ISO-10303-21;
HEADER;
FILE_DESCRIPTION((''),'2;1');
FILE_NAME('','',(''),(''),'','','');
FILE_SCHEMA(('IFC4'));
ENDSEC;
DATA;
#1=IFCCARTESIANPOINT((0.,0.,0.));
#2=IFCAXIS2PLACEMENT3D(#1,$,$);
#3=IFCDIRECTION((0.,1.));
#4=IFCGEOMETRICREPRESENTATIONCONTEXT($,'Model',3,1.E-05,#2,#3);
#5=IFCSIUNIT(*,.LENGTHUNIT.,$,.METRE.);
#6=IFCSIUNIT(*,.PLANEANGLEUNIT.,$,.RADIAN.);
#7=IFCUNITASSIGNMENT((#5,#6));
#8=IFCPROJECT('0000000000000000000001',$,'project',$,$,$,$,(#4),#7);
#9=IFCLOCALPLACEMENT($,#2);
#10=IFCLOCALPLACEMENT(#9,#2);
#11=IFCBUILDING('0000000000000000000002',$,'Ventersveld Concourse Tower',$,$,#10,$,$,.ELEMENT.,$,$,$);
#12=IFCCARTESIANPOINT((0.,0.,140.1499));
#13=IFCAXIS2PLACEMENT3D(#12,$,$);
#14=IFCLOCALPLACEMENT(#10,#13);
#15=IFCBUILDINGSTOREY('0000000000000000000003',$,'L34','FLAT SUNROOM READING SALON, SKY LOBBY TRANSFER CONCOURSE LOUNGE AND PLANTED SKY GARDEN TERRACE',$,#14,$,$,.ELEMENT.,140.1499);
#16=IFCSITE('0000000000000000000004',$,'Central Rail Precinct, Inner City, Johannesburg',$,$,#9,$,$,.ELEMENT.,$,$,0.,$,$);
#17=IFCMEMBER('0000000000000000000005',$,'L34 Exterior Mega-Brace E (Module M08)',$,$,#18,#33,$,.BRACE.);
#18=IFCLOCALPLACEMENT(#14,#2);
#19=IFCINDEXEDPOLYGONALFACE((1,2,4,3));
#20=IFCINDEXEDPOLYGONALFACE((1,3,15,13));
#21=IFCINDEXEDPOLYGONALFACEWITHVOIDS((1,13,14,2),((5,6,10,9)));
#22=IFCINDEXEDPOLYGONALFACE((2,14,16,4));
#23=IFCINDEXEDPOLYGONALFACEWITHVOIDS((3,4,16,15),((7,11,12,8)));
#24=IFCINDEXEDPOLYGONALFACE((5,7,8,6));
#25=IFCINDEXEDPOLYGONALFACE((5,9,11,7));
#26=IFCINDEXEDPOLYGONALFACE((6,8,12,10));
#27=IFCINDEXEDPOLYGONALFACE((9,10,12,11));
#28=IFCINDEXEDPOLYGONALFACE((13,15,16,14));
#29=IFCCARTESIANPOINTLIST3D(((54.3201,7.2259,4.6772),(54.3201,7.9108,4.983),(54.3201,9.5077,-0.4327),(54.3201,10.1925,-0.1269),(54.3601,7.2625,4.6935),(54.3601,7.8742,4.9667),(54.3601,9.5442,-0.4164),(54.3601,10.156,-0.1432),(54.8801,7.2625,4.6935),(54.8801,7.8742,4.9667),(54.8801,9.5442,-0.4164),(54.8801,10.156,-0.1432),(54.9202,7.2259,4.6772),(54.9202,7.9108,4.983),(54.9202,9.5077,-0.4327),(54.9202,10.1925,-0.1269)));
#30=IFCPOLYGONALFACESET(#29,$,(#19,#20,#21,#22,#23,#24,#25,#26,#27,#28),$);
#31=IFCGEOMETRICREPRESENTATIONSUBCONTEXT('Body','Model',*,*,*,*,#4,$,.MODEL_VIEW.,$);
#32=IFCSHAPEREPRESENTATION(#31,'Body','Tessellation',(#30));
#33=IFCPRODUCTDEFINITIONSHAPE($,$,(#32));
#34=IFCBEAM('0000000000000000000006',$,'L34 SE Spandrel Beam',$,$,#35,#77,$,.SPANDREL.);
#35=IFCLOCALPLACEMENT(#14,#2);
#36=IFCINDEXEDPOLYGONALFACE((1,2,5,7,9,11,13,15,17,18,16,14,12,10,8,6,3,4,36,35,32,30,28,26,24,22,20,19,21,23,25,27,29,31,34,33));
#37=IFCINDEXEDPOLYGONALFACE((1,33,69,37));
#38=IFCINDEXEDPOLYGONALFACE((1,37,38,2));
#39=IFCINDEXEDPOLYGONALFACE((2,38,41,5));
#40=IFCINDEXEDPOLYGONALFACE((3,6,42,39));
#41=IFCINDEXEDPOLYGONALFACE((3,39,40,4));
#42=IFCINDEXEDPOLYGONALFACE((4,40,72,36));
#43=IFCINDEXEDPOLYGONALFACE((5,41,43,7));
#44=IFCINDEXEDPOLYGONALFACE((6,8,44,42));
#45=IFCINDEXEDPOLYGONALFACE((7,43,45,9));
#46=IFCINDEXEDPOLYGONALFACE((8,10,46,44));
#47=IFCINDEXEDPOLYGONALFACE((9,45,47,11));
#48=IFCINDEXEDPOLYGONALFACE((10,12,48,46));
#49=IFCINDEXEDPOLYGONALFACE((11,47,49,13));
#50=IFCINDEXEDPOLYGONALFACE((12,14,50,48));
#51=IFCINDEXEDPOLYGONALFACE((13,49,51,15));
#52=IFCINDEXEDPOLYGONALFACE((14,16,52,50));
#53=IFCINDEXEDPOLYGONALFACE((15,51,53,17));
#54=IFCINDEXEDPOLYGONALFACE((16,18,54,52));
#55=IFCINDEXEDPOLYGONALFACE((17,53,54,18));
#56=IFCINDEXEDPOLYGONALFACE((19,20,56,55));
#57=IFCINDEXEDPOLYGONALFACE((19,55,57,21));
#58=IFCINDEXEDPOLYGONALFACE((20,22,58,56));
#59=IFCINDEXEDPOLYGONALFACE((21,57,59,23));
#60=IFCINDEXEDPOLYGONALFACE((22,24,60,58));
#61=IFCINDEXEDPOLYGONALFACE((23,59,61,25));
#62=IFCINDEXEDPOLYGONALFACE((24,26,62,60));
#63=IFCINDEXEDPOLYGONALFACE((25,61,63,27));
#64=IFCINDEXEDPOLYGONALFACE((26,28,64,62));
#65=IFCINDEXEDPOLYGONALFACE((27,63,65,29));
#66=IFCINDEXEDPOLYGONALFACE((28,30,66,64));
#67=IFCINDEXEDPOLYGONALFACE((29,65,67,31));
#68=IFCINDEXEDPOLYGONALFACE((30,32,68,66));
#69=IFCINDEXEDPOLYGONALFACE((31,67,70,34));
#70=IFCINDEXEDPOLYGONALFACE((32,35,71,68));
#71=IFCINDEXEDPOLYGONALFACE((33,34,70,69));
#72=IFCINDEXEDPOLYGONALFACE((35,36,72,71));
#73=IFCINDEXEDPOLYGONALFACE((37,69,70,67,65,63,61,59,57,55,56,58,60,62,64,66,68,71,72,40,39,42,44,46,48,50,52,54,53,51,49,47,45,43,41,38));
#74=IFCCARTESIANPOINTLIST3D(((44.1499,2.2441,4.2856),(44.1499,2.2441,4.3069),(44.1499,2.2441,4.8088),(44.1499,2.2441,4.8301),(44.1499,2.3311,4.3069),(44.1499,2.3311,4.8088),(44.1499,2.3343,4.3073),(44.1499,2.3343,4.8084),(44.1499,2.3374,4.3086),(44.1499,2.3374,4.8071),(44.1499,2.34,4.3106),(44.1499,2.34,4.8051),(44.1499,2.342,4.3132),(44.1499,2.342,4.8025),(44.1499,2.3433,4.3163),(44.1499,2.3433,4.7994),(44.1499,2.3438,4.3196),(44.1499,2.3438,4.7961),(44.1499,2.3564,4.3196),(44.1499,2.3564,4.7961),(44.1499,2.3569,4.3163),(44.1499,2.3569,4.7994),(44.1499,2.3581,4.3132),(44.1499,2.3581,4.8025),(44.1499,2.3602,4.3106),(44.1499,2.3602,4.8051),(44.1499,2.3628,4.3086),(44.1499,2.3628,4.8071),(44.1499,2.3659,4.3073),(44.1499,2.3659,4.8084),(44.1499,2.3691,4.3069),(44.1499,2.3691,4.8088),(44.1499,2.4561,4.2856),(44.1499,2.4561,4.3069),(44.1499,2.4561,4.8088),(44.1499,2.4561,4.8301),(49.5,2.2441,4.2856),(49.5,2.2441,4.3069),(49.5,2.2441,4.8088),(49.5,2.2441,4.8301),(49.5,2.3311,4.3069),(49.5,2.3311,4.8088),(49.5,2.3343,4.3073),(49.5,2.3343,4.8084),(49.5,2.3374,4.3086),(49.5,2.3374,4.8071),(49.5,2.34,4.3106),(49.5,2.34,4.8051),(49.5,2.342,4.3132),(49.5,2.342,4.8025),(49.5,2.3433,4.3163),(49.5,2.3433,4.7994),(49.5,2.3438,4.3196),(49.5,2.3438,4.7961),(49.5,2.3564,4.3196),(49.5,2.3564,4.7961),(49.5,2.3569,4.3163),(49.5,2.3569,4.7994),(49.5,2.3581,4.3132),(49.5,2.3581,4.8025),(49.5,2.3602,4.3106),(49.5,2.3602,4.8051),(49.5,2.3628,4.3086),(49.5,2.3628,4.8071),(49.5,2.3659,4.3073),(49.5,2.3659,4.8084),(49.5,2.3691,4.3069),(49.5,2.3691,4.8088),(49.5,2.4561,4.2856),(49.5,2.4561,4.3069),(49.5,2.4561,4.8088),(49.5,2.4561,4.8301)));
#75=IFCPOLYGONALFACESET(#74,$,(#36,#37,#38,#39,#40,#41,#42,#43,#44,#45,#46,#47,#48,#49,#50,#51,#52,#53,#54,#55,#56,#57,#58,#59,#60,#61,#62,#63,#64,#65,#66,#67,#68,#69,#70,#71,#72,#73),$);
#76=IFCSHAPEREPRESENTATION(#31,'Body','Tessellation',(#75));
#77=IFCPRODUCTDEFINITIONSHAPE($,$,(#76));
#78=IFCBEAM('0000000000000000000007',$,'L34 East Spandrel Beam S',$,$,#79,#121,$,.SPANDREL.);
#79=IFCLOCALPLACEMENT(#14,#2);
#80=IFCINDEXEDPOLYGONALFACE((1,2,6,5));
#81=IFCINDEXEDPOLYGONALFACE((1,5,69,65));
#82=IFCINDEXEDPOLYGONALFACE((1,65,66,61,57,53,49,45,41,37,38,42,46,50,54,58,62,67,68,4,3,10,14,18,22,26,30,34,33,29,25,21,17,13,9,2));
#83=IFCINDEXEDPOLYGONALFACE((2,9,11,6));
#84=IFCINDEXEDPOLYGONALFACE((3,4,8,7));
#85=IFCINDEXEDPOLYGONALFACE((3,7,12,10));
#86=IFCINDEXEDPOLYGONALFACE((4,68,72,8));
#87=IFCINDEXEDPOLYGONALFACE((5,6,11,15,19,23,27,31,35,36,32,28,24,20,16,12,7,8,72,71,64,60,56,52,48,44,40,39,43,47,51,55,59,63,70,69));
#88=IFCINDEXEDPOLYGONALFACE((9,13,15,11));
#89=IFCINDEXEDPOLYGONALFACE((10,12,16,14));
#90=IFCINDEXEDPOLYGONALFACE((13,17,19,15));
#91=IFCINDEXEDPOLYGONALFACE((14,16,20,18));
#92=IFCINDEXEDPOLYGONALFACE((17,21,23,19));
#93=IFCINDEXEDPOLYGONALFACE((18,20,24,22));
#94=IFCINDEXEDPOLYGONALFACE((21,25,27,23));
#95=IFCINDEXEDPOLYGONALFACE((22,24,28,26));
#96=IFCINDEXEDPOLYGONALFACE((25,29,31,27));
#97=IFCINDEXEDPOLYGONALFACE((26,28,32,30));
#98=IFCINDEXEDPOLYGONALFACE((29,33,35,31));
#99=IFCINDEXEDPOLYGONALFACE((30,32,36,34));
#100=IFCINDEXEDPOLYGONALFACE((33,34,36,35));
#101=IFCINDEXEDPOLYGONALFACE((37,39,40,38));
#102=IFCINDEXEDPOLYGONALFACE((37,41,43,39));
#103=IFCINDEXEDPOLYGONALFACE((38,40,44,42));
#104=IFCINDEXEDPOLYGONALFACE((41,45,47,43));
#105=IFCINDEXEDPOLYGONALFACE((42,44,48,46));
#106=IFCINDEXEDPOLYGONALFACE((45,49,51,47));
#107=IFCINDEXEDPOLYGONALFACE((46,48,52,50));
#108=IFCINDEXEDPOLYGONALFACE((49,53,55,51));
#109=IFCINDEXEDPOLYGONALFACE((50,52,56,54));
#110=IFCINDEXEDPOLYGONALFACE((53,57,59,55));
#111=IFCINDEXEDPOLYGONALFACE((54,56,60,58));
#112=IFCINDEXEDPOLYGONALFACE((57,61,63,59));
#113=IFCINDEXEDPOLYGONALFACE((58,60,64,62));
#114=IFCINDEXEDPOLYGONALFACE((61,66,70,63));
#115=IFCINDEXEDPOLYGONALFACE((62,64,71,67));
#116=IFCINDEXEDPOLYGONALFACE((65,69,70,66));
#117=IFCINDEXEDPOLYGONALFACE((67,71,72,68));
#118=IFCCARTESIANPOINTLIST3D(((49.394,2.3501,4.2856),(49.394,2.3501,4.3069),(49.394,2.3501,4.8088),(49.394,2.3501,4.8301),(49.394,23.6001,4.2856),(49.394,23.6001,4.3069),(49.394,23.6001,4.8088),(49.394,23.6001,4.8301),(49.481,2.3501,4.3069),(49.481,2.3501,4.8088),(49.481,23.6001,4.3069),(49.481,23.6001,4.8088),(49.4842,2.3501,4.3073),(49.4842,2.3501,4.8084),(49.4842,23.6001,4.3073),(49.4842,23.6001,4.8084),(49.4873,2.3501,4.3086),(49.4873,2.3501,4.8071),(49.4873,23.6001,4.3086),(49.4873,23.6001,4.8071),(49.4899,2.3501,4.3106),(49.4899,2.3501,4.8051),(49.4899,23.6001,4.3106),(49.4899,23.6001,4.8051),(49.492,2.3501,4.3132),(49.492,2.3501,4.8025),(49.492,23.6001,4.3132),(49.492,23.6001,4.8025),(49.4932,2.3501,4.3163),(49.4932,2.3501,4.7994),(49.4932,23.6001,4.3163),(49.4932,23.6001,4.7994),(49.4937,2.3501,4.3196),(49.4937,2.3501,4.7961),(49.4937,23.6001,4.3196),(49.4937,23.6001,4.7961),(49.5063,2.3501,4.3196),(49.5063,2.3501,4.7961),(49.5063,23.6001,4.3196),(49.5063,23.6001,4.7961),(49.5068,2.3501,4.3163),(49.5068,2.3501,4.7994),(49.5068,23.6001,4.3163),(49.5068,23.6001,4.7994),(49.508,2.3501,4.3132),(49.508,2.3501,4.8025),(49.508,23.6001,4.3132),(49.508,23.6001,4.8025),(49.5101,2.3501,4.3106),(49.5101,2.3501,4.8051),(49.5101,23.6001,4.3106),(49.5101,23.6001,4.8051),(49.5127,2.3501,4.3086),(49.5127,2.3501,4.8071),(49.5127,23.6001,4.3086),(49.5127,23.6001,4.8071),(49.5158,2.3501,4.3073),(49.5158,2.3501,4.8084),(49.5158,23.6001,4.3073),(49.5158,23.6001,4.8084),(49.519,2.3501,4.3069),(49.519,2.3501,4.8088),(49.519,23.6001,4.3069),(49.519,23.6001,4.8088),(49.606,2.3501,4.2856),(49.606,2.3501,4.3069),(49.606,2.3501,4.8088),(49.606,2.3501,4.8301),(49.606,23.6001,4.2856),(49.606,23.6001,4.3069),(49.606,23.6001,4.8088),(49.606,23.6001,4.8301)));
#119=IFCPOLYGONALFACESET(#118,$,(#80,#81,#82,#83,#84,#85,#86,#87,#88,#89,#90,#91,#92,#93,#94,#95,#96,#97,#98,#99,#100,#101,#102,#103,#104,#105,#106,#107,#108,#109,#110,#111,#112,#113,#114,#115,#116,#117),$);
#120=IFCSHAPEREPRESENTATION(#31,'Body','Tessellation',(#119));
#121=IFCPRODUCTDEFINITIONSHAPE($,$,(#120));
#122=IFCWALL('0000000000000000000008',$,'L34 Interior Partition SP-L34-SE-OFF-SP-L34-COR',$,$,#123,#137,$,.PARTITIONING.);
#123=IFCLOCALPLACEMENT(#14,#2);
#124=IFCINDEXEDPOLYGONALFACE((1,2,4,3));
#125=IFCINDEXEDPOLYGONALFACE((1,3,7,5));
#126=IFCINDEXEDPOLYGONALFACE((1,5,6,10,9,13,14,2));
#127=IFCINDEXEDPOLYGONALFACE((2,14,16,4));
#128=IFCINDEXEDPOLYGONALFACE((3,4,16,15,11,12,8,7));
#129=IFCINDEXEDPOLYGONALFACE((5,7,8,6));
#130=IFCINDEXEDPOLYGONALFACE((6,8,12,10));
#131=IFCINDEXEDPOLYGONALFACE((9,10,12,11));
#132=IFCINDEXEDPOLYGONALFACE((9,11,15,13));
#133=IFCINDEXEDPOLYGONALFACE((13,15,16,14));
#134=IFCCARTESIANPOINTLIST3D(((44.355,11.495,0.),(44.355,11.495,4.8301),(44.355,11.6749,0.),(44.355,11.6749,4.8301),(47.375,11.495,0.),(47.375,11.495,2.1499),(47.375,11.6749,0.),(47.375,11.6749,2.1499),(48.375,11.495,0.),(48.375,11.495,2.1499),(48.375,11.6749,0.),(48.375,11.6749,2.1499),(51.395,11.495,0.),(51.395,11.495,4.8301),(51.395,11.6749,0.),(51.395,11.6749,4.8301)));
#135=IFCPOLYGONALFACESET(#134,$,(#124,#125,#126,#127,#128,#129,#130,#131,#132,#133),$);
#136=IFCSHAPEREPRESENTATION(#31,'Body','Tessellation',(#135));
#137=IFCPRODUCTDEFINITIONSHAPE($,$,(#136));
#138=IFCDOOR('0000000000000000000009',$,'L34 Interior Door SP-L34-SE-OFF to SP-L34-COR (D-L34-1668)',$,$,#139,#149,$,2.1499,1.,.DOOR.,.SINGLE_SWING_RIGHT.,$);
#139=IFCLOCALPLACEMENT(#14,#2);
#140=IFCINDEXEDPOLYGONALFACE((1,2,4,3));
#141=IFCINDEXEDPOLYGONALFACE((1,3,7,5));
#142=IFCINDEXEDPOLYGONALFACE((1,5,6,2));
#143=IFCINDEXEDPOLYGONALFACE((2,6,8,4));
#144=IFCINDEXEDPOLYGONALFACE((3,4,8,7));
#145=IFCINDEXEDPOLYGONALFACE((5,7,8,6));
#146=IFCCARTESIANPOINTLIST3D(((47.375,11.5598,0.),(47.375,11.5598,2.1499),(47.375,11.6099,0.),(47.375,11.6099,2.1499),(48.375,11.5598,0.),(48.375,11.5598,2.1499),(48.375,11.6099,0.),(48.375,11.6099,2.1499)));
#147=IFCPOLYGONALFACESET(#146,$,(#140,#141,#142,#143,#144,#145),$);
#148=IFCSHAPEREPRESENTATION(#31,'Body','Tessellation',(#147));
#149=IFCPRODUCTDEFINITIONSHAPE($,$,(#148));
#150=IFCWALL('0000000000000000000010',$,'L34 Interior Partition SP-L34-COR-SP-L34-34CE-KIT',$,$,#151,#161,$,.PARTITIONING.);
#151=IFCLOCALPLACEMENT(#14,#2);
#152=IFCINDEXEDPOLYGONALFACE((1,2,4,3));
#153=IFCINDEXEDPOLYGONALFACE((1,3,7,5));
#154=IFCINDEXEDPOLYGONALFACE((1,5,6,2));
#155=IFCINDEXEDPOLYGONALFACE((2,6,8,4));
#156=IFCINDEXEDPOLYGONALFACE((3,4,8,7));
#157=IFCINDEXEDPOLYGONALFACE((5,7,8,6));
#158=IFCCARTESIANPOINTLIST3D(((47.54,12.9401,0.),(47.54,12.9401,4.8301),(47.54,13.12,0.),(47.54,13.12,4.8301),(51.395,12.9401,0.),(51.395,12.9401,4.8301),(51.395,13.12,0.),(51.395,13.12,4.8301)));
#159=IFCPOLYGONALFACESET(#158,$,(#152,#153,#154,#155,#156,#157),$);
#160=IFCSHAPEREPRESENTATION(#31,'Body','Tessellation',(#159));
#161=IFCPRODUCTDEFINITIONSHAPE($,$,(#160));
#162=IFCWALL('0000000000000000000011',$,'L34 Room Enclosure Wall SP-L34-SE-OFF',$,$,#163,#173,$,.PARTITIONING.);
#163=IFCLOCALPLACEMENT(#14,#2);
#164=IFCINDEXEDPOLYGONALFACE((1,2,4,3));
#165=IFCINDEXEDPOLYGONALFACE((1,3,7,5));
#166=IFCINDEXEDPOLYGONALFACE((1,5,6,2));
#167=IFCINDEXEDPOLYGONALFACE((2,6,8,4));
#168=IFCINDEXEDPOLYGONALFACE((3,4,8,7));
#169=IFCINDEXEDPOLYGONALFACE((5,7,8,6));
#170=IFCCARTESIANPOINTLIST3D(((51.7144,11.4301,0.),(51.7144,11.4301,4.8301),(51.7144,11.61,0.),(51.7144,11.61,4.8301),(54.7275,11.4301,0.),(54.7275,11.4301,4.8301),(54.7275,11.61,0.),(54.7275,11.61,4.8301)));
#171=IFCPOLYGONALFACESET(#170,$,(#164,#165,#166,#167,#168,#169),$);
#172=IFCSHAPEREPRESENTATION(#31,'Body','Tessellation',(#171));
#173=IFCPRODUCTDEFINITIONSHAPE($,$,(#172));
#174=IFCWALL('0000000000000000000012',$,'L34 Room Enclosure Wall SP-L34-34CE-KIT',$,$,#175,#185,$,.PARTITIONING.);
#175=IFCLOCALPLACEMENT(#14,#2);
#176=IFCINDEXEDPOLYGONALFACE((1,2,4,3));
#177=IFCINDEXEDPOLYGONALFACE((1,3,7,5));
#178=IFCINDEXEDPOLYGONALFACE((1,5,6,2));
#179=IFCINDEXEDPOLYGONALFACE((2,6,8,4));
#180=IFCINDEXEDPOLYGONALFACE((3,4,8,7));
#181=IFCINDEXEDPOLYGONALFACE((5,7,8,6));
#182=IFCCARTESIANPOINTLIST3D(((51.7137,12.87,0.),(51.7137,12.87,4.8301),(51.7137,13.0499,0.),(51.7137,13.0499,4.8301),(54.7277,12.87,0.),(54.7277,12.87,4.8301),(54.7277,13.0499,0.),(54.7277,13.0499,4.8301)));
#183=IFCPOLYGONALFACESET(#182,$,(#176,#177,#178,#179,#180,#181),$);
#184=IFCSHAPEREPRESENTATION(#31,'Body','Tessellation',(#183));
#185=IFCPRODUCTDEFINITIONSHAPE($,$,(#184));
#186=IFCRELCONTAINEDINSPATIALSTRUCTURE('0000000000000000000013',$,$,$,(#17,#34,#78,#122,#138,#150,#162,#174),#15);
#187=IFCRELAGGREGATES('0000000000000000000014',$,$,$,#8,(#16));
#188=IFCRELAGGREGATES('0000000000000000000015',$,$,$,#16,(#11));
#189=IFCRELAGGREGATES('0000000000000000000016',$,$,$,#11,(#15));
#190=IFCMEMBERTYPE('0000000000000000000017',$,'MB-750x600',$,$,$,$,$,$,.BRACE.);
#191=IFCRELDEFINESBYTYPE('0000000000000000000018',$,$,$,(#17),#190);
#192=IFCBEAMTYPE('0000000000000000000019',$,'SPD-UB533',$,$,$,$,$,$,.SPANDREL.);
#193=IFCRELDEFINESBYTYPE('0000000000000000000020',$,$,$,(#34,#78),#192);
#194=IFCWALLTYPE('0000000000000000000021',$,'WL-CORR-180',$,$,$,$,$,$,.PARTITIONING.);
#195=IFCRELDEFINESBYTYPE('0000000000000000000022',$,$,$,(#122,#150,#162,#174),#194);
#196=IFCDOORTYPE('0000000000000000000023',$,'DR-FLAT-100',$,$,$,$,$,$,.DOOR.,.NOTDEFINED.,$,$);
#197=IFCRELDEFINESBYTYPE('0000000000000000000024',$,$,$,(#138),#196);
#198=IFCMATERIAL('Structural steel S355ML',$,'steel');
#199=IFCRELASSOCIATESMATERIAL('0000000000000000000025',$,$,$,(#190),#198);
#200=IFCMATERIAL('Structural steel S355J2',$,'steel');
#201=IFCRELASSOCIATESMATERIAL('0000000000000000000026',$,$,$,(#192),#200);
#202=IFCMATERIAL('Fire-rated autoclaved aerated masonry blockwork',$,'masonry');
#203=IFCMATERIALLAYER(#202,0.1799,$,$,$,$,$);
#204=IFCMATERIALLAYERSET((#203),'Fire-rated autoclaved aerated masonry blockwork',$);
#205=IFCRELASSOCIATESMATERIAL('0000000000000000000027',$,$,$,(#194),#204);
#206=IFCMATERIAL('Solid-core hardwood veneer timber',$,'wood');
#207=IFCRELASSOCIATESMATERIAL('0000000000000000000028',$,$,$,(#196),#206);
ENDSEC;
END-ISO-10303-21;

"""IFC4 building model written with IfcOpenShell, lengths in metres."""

from ifc_helpers import new_model, si_unit, direction, frame, frame_2d, origin, origin_2d, place, context, subcontext, project, spatial, rectangle, hollow_rectangle, i_section, extrude, material, layer, layer_set, material_profile, profile_set, type_object, element, fill, save


model = new_model("IFC4")

# Units and contexts
model_context = context("Model", 3, precision=1e-05, world=origin(), true_north=direction((0.0, 1.0)))
body_context = subcontext(model_context, "Body", "Model", "MODEL_VIEW")
ifc_project = project(units=[si_unit("LENGTHUNIT", "METRE"), si_unit("PLANEANGLEUNIT", "RADIAN")], contexts=[model_context])

# Site, building, storey
site_placement = place(None, origin())
site = spatial("IfcSite", under=ifc_project, at=site_placement, Name="Central Rail Precinct, Inner City, Johannesburg", CompositionType="ELEMENT", RefElevation=0.0)
building_placement = place(site_placement, origin())
building = spatial("IfcBuilding", under=site, at=building_placement, Name="Ventersveld Concourse Tower", CompositionType="ELEMENT")
storey_placement = place(building_placement, frame((0.0, 0.0, 140.1499)))
storey = spatial("IfcBuildingStorey", under=building, at=storey_placement, Name="L34", Description="FLAT SUNROOM READING SALON, SKY LOBBY TRANSFER CONCOURSE LOUNGE AND PLANTED SKY GARDEN TERRACE", CompositionType="ELEMENT", Elevation=140.1499)

# Shared definitions
ifc_material_1 = material(Name="Structural steel S355J2", Category="steel")

# Member
ifc_material_2 = material(Name="Structural steel S355ML", Category="steel")
ifc_material_profile_1 = material_profile(ifc_material_2, hollow_rectangle(XDim=0.6001, YDim=0.75, WallThickness=0.04, at=origin_2d()), Name="BOX 750x600x40")
ifc_profile_set_1 = profile_set([ifc_material_profile_1], Name="Structural steel S355ML")
member_type = type_object("IfcMemberType", Name="MB-750x600", PredefinedType="BRACE", material=ifc_profile_set_1)
member_placement = place(storey_placement, frame((54.6201, 9.8501, -0.2798), z_axis=(0.0, -0.407733, 0.913101), x_axis=(1.0, 0.0, 0.0)))
element("IfcMember", 1, at=member_placement, inside=storey, type_object=member_type, Name="L34 Exterior Mega-Brace E (Module M08)", PredefinedType="BRACE", context=body_context, shape_type="SweptSolid", body=[
    extrude(hollow_rectangle(XDim=0.6001, YDim=0.75, WallThickness=0.04, at=origin_2d()), origin(), (0.0, 0.0, 1.0), 5.5962),
])

# Beams
ifc_material_profile_2 = material_profile(ifc_material_1, i_section(OverallWidth=0.2119, OverallDepth=0.5444, WebThickness=0.0127, FlangeThickness=0.0212, FilletRadius=0.0127, at=origin_2d()), Name="UB 533x210x122")
ifc_profile_set_2 = profile_set([ifc_material_profile_2], Name="Structural steel S355J2")
beam_type_1 = type_object("IfcBeamType", Name="SPD-UB533", PredefinedType="SPANDREL", material=ifc_profile_set_2)
beam_1_placement = place(storey_placement, frame((44.1499, 2.3501, 4.5579), z_axis=(1.0, 0.0, 0.0), x_axis=(0.0, 1.0, 0.0)))
element("IfcBeam", 2, at=beam_1_placement, inside=storey, type_object=beam_type_1, Name="L34 SE Spandrel Beam", PredefinedType="SPANDREL", context=body_context, shape_type="SweptSolid", body=[
    extrude(i_section(OverallWidth=0.2119, OverallDepth=0.5444, WebThickness=0.0127, FlangeThickness=0.0212, FilletRadius=0.0127, at=origin_2d()), origin(), (0.0, 0.0, 1.0), 5.3501),
])
beam_2_placement = place(storey_placement, frame((49.5, 2.3501, 4.5579), z_axis=(0.0, 1.0, 0.0), x_axis=(-1.0, 0.0, 0.0)))
element("IfcBeam", 3, at=beam_2_placement, inside=storey, type_object=beam_type_1, Name="L34 East Spandrel Beam S", PredefinedType="SPANDREL", context=body_context, shape_type="SweptSolid", body=[
    extrude(i_section(OverallWidth=0.2119, OverallDepth=0.5444, WebThickness=0.0127, FlangeThickness=0.0212, FilletRadius=0.0127, at=origin_2d()), origin(), (0.0, 0.0, 1.0), 21.25),
])

# Wall, opening, door
ifc_material_3 = material(Name="Fire-rated autoclaved aerated masonry blockwork", Category="masonry")
ifc_layer_1 = layer(ifc_material_3, 0.1799)
ifc_layer_set_1 = layer_set([ifc_layer_1], Name="Fire-rated autoclaved aerated masonry blockwork")
wall_type_1 = type_object("IfcWallType", Name="WL-CORR-180", PredefinedType="PARTITIONING", material=ifc_layer_set_1)
wall_1_placement = place(storey_placement, frame((44.355, 11.585, 0.0), z_axis=(0.0, 0.0, 1.0), x_axis=(1.0, 0.0, 0.0)))
wall_1 = element("IfcWall", 4, at=wall_1_placement, inside=storey, type_object=wall_type_1, Name="L34 Interior Partition SP-L34-SE-OFF-SP-L34-COR", PredefinedType="PARTITIONING", context=body_context, shape_type="SweptSolid", body=[
    extrude(rectangle(XDim=7.04, YDim=0.1799, at=frame_2d((3.52, 0.0))), origin(), (0.0, 0.0, 1.0), 4.8301),
])
opening_1_placement = place(wall_1_placement, frame((3.02, 0.0, 0.0)))
opening_1 = element("IfcOpeningElement", 5, at=opening_1_placement, cuts=wall_1, PredefinedType="OPENING", context=body_context, shape_type="SweptSolid", body=[
    extrude(rectangle(XDim=1.0, YDim=2.1499, at=frame_2d((0.5, 1.075))), frame((0.0, 0.1001, 0.0), z_axis=(0.0, -1.0, 0.0), x_axis=(1.0, 0.0, 0.0)), (0.0, 0.0, 1.0), 0.2),
])
ifc_material_4 = material(Name="Solid-core hardwood veneer timber", Category="wood")
door_type_1 = type_object("IfcDoorType", Name="DR-FLAT-100", OperationType="NOTDEFINED", PredefinedType="DOOR", material=ifc_material_4)
door_1_placement = place(opening_1_placement, origin())
door_1 = element("IfcDoor", 6, at=door_1_placement, inside=storey, type_object=door_type_1, Name="L34 Interior Door SP-L34-SE-OFF to SP-L34-COR (D-L34-1668)", OperationType="SINGLE_SWING_RIGHT", OverallHeight=2.1499, OverallWidth=1.0, PredefinedType="DOOR", context=body_context, shape_type="SweptSolid", body=[
    extrude(rectangle(XDim=1.0, YDim=2.1499, at=frame_2d((0.5, 1.075))), frame((0.0, 0.0249, 0.0), z_axis=(0.0, -1.0, 0.0), x_axis=(1.0, 0.0, 0.0)), (0.0, 0.0, 1.0), 0.05),
])
fill(opening_1, door_1)

# Walls
wall_2_placement = place(storey_placement, frame((47.54, 13.03, 0.0), z_axis=(0.0, 0.0, 1.0), x_axis=(1.0, 0.0, 0.0)))
element("IfcWall", 7, at=wall_2_placement, inside=storey, type_object=wall_type_1, Name="L34 Interior Partition SP-L34-COR-SP-L34-34CE-KIT", PredefinedType="PARTITIONING", context=body_context, shape_type="SweptSolid", body=[
    extrude(rectangle(XDim=3.855, YDim=0.1799, at=frame_2d((1.9275, 0.0))), origin(), (0.0, 0.0, 1.0), 4.8301),
])
wall_3_placement = place(storey_placement, frame((51.7144, 11.52, 0.0), z_axis=(0.0, 0.0, 1.0), x_axis=(1.0, 0.0, 0.0)))
element("IfcWall", 8, at=wall_3_placement, inside=storey, type_object=wall_type_1, Name="L34 Room Enclosure Wall SP-L34-SE-OFF", PredefinedType="PARTITIONING", context=body_context, shape_type="SweptSolid", body=[
    extrude(rectangle(XDim=3.0132, YDim=0.1799, at=frame_2d((1.5066, 0.0))), origin(), (0.0, 0.0, 1.0), 4.8301),
])
wall_4_placement = place(storey_placement, frame((54.7275, 12.96, 0.0), z_axis=(0.0, 0.0, 1.0), x_axis=(-1.0, 0.0, 0.0)))
element("IfcWall", 9, at=wall_4_placement, inside=storey, type_object=wall_type_1, Name="L34 Room Enclosure Wall SP-L34-34CE-KIT", PredefinedType="PARTITIONING", context=body_context, shape_type="SweptSolid", body=[
    extrude(rectangle(XDim=3.0139, YDim=0.1799, at=frame_2d((1.5068, 0.0))), origin(), (0.0, 0.0, 1.0), 4.8301),
])

save(model, "model.ifc")
